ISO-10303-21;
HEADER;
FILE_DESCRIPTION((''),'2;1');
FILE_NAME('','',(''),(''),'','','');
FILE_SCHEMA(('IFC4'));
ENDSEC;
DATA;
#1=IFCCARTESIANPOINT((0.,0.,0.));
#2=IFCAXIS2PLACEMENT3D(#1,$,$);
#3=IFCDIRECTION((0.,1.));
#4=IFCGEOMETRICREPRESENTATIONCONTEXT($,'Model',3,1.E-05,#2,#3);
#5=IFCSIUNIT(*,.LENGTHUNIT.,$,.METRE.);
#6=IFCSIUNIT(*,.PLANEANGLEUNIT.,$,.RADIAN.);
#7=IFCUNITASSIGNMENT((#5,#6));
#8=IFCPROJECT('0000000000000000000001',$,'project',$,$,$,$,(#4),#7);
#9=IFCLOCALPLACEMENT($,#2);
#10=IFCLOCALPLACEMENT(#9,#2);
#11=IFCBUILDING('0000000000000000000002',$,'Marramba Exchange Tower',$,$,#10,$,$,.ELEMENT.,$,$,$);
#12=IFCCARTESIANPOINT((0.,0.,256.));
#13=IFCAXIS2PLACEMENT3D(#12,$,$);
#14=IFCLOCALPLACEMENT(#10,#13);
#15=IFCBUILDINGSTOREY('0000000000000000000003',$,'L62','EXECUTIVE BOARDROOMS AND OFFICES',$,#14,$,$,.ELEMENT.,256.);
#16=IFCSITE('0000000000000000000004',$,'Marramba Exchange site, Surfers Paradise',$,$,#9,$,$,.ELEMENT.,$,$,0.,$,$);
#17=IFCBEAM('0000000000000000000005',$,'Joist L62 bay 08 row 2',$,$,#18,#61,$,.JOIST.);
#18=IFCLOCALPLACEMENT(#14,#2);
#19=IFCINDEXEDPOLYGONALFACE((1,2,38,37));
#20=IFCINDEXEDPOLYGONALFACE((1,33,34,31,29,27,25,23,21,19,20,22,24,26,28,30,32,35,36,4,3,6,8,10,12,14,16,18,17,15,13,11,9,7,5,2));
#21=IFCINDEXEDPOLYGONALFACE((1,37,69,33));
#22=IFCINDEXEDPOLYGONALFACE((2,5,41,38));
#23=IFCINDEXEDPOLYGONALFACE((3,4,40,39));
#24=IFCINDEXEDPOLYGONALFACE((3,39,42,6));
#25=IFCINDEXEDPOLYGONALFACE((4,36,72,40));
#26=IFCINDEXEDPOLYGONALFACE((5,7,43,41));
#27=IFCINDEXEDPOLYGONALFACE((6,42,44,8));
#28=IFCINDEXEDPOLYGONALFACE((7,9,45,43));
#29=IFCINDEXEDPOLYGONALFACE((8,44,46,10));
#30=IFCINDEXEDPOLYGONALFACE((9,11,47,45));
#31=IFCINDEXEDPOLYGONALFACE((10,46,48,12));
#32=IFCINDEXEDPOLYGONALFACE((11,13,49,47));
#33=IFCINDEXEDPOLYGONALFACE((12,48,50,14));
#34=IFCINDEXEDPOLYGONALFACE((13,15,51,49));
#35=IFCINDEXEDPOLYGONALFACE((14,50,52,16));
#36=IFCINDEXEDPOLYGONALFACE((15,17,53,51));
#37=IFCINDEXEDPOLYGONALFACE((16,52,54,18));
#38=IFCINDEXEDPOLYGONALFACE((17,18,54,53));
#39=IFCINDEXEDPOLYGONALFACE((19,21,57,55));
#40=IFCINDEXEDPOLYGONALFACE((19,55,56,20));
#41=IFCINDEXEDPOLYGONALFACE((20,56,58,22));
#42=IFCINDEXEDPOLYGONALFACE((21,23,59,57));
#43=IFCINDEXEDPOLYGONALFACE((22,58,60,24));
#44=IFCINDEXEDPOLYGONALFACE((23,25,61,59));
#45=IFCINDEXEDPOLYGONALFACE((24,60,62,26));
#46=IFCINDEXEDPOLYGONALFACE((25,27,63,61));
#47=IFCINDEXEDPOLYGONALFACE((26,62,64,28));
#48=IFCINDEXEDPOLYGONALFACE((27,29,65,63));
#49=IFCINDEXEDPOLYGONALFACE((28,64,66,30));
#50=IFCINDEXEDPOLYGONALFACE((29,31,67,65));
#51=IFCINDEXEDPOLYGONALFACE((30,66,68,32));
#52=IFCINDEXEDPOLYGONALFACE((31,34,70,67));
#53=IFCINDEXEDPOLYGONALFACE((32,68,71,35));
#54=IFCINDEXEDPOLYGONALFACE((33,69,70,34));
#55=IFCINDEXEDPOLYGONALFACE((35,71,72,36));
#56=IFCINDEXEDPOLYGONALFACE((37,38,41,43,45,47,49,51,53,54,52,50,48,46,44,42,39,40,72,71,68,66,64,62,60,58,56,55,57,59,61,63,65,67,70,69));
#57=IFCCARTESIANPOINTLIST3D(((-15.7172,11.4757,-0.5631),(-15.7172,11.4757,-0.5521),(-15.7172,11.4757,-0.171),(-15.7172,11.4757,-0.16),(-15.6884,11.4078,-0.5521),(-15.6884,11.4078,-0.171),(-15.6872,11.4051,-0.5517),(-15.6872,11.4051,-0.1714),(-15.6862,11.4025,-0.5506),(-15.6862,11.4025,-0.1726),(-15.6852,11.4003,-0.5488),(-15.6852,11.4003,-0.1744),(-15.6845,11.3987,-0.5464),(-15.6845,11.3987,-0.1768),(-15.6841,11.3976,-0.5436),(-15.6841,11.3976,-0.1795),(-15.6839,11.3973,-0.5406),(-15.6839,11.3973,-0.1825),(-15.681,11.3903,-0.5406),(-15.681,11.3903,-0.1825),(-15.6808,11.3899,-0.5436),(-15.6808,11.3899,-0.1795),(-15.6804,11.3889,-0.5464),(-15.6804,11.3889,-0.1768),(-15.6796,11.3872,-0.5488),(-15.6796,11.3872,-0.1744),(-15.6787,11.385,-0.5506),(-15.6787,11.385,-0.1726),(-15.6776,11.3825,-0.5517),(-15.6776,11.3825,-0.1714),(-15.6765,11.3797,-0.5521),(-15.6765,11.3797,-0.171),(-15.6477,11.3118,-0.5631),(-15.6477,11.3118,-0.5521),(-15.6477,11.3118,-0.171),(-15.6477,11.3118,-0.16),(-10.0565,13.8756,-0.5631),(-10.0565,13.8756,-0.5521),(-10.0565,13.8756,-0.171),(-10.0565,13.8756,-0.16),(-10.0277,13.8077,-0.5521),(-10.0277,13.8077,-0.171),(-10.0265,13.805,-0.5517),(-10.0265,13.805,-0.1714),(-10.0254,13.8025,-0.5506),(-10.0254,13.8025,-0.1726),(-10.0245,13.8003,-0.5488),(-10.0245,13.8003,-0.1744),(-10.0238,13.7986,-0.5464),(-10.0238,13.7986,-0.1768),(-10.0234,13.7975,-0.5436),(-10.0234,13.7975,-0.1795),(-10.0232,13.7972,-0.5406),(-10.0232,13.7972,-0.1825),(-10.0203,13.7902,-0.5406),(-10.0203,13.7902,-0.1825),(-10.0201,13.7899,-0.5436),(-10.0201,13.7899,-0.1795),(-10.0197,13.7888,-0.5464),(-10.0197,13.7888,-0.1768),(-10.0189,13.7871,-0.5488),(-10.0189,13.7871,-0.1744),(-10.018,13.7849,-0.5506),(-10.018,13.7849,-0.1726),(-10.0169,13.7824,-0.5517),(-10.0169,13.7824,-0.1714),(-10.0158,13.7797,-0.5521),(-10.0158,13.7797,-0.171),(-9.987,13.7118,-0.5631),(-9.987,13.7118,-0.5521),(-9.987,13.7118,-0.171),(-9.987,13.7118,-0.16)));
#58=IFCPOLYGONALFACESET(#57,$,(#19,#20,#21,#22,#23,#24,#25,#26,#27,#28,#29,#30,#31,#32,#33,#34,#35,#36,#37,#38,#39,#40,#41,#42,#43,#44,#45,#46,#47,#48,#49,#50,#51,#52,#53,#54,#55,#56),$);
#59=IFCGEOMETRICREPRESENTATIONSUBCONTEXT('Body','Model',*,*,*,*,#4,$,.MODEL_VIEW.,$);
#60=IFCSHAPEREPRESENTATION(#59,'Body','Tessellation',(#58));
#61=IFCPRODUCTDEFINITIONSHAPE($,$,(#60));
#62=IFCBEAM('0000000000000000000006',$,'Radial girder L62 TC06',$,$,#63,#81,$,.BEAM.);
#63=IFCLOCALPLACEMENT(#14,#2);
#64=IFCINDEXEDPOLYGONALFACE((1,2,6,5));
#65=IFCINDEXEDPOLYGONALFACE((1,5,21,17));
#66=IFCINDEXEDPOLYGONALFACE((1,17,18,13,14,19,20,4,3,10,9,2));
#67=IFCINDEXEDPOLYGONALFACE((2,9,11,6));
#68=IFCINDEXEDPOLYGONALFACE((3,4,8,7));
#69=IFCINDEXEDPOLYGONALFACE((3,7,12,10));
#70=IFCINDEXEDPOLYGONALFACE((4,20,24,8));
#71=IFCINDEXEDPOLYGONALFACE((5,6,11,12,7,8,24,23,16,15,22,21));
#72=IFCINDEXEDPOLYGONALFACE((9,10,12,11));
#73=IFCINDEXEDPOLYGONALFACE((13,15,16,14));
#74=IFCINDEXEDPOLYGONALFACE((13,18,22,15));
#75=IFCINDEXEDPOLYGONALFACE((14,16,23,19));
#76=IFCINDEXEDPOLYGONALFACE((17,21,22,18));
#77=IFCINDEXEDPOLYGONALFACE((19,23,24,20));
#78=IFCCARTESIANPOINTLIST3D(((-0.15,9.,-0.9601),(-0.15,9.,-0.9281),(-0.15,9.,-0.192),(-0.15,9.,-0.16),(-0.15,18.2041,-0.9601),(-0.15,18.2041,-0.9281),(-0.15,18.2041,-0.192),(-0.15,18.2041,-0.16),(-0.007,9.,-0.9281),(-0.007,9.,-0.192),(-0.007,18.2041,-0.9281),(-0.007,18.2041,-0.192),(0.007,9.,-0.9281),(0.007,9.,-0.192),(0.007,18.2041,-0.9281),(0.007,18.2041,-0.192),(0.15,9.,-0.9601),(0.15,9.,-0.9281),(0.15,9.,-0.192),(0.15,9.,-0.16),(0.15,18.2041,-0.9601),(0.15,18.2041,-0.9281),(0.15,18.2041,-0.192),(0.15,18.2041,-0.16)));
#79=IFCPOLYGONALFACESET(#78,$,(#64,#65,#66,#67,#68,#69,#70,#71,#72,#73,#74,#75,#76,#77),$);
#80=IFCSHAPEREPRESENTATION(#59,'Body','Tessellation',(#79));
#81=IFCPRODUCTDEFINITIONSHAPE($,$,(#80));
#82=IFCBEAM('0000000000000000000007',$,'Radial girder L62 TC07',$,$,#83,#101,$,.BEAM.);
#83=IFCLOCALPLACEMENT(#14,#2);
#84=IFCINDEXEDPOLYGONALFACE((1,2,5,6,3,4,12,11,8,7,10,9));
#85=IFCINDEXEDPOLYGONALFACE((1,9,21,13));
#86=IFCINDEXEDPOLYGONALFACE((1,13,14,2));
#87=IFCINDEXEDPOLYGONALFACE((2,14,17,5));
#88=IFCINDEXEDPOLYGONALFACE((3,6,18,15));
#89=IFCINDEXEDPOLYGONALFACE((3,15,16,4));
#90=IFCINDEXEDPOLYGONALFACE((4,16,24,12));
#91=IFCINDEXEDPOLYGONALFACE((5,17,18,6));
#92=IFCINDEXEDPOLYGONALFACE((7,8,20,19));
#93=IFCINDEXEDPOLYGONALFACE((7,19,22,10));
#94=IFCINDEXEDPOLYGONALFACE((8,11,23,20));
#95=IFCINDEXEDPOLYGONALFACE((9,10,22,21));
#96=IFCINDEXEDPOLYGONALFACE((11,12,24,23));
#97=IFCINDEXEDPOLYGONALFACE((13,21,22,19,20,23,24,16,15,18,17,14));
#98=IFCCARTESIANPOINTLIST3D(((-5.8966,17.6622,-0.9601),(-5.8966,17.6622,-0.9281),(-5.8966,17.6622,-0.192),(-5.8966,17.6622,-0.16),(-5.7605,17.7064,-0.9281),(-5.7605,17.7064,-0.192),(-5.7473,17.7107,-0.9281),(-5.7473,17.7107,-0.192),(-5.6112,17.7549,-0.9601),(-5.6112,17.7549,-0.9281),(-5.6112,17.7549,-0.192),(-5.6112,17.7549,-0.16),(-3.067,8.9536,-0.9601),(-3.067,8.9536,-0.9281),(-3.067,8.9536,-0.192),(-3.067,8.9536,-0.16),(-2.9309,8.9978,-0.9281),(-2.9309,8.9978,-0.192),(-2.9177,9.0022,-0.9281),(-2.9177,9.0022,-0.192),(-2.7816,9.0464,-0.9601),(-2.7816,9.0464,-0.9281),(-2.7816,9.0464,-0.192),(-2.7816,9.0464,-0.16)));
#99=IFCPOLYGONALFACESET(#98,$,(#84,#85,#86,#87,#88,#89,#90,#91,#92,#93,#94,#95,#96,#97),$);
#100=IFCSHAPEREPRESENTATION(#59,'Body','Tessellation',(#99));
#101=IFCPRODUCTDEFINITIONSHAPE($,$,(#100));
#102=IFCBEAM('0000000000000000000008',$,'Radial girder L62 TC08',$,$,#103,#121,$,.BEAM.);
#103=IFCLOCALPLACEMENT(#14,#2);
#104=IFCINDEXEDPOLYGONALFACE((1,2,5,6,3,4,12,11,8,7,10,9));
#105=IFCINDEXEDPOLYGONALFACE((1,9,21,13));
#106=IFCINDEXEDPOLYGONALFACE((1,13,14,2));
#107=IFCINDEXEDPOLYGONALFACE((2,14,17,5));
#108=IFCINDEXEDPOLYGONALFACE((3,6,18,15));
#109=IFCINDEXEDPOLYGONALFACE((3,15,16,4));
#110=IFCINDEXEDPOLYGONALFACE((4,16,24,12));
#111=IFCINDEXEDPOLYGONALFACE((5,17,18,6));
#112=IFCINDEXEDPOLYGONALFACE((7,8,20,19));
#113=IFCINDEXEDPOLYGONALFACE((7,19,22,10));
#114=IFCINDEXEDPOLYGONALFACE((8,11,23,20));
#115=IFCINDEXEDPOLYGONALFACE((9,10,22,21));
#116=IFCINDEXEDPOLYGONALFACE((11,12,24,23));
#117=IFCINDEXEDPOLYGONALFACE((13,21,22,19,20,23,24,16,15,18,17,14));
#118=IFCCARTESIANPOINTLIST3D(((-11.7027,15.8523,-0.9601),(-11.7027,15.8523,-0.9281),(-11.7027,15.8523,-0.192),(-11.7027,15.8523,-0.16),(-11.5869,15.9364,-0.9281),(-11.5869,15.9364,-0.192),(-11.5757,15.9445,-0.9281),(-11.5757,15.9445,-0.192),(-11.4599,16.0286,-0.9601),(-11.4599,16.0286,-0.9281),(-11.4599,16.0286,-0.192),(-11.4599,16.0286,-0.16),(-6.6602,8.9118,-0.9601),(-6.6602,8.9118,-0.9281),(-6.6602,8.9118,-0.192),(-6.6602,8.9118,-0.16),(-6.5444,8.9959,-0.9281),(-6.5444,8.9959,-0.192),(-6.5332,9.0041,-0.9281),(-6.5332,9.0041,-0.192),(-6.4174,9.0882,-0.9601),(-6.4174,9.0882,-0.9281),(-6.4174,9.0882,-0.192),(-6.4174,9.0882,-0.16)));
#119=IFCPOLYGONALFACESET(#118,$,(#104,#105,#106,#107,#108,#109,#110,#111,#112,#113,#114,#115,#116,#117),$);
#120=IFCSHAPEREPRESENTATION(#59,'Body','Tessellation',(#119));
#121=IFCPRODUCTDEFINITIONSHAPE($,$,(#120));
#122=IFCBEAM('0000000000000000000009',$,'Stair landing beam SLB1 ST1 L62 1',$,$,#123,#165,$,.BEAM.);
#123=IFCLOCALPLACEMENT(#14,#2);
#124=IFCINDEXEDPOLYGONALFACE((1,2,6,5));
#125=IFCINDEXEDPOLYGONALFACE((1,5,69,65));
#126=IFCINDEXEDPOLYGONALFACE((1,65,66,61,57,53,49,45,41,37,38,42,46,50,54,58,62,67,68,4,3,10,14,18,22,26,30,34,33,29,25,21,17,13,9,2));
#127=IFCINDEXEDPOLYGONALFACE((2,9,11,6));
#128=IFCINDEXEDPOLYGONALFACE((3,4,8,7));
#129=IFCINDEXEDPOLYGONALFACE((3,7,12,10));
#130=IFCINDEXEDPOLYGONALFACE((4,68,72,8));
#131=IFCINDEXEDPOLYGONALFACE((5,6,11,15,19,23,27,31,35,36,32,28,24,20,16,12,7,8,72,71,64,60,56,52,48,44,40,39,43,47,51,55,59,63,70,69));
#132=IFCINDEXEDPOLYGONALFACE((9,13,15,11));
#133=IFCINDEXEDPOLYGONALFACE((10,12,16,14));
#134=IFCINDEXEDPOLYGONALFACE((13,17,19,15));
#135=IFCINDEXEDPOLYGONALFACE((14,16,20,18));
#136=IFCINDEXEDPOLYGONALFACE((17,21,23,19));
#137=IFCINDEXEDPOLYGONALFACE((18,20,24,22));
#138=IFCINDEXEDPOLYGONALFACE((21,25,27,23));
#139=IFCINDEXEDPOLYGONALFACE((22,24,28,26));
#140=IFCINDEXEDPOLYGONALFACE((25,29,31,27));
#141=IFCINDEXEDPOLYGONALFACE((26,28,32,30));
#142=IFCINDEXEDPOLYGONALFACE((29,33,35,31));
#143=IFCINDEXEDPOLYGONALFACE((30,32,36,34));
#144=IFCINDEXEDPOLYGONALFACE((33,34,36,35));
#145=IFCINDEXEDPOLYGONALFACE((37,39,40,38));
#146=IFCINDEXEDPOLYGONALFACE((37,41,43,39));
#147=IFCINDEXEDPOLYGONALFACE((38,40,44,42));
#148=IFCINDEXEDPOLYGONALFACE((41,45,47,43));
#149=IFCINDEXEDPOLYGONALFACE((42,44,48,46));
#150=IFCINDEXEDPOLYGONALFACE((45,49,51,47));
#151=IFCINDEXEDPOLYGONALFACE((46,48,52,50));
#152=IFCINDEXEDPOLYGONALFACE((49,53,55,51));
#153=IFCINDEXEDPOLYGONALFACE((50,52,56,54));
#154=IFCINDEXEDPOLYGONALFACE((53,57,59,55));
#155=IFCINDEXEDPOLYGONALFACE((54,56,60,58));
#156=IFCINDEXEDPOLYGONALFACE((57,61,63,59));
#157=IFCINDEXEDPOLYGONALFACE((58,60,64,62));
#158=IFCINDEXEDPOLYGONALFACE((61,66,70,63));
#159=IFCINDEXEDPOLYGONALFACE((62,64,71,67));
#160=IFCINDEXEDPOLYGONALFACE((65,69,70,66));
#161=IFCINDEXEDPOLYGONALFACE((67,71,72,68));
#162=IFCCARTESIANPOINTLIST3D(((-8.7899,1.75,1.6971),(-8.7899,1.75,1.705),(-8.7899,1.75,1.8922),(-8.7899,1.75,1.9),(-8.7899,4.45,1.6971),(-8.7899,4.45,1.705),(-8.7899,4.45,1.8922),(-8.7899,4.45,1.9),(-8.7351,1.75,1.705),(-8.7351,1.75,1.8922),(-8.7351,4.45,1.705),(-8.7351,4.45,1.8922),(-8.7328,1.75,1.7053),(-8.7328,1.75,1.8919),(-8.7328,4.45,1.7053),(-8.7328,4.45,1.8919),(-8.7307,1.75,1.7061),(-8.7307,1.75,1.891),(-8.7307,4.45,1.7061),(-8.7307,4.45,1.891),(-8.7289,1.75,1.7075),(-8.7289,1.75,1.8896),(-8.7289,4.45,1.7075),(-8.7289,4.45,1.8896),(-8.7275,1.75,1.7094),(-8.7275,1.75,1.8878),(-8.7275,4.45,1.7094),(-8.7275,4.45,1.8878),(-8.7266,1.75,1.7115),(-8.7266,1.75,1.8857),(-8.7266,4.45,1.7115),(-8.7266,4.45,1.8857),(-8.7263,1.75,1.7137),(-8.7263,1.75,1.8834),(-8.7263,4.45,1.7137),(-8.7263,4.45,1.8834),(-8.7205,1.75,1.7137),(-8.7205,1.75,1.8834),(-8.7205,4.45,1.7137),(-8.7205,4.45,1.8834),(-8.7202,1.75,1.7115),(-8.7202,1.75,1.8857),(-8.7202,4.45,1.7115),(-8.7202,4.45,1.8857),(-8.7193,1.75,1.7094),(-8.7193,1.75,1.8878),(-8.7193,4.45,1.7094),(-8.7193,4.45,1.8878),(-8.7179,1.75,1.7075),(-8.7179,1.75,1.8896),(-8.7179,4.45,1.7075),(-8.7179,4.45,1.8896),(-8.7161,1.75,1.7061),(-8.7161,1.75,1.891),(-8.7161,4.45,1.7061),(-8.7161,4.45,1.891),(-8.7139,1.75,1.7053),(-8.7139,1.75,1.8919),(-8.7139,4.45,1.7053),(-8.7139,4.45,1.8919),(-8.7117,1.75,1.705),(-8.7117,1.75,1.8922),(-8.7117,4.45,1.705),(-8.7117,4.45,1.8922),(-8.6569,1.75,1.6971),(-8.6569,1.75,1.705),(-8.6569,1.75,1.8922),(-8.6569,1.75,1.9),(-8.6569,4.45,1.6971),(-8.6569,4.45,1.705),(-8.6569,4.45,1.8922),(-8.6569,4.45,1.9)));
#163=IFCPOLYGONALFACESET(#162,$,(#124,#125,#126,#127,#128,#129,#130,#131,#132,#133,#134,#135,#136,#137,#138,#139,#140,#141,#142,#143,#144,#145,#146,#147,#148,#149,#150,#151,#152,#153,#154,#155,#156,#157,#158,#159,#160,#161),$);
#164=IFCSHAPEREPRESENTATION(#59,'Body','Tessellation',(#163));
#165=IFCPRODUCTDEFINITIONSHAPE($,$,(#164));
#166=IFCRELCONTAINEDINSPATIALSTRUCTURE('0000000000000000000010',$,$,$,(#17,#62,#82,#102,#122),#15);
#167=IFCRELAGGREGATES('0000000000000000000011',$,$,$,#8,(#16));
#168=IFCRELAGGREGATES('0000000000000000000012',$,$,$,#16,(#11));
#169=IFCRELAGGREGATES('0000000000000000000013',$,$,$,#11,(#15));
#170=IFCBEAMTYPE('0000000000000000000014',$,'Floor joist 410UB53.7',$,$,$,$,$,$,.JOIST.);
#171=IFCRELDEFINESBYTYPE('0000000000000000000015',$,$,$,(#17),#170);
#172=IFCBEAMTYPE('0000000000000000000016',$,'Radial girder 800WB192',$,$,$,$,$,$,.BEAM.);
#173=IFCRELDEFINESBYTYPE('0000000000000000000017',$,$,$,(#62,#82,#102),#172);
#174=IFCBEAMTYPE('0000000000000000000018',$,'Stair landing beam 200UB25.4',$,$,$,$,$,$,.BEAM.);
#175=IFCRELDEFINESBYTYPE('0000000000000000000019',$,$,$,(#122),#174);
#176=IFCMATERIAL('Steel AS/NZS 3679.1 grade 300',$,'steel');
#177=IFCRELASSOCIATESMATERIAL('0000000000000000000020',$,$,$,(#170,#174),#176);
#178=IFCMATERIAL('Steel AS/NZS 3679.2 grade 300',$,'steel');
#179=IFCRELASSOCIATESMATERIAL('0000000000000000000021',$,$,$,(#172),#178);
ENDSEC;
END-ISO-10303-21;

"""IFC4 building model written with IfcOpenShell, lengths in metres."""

from ifc_helpers import new_model, si_unit, direction, frame, origin, origin_2d, place, context, subcontext, project, spatial, i_section, extrude, material, material_profile, profile_set, type_object, element, save


model = new_model("IFC4")

# Units and contexts
model_context = context("Model", 3, precision=1e-05, world=origin(), true_north=direction((0.0, 1.0)))
body_context = subcontext(model_context, "Body", "Model", "MODEL_VIEW")
ifc_project = project(units=[si_unit("LENGTHUNIT", "METRE"), si_unit("PLANEANGLEUNIT", "RADIAN")], contexts=[model_context])

# Site, building, storey
site_placement = place(None, origin())
site = spatial("IfcSite", under=ifc_project, at=site_placement, Name="Marramba Exchange site, Surfers Paradise", CompositionType="ELEMENT", RefElevation=0.0)
building_placement = place(site_placement, origin())
building = spatial("IfcBuilding", under=site, at=building_placement, Name="Marramba Exchange Tower", CompositionType="ELEMENT")
storey_placement = place(building_placement, frame((0.0, 0.0, 256.0)))
storey = spatial("IfcBuildingStorey", under=building, at=storey_placement, Name="L62", Description="EXECUTIVE BOARDROOMS AND OFFICES", CompositionType="ELEMENT", Elevation=256.0)

# Beams
ifc_material_1 = material(Name="Steel AS/NZS 3679.1 grade 300", Category="steel")
ifc_material_profile_1 = material_profile(ifc_material_1, i_section(OverallWidth=0.178, OverallDepth=0.4031, WebThickness=0.0076, FlangeThickness=0.011, FilletRadius=0.0115, at=origin_2d()), Name="410UB53.7")
ifc_profile_set_1 = profile_set([ifc_material_profile_1], Name="Steel AS/NZS 3679.1 grade 300")
beam_type_1 = type_object("IfcBeamType", Name="Floor joist 410UB53.7", PredefinedType="JOIST", material=ifc_profile_set_1)
beam_1_placement = place(storey_placement, frame((-10.0217, 13.7937, -0.3616), z_axis=(-0.920674, -0.390332, 0.0), x_axis=(0.390332, -0.920674, 0.0)))
element("IfcBeam", 1, at=beam_1_placement, inside=storey, type_object=beam_type_1, Name="Joist L62 bay 08 row 2", PredefinedType="JOIST", context=body_context, shape_type="SweptSolid", body=[
    extrude(i_section(OverallWidth=0.178, OverallDepth=0.4031, WebThickness=0.0076, FlangeThickness=0.011, FilletRadius=0.0115, at=origin_2d()), origin(), (0.0, 0.0, 1.0), 6.1484),
])
ifc_material_2 = material(Name="Steel AS/NZS 3679.2 grade 300", Category="steel")
ifc_material_profile_2 = material_profile(ifc_material_2, i_section(OverallWidth=0.3, OverallDepth=0.8, WebThickness=0.0139, FlangeThickness=0.032, at=origin_2d()), Name="800WB192")
ifc_profile_set_2 = profile_set([ifc_material_profile_2], Name="Steel AS/NZS 3679.2 grade 300")
beam_type_2 = type_object("IfcBeamType", Name="Radial girder 800WB192", PredefinedType="BEAM", material=ifc_profile_set_2)
beam_2_placement = place(storey_placement, frame((0.0, 9.0, -0.5601), z_axis=(0.0, 1.0, 0.0), x_axis=(-1.0, 0.0, 0.0)))
element("IfcBeam", 2, at=beam_2_placement, inside=storey, type_object=beam_type_2, Name="Radial girder L62 TC06", PredefinedType="BEAM", context=body_context, shape_type="SweptSolid", body=[
    extrude(i_section(OverallWidth=0.3, OverallDepth=0.8, WebThickness=0.0139, FlangeThickness=0.032, at=origin_2d()), origin(), (0.0, 0.0, 1.0), 9.2041),
])
beam_3_placement = place(storey_placement, frame((-2.9243, 9.0, -0.5601), z_axis=(-0.30902, 0.951056, 0.0), x_axis=(-0.951056, -0.30902, 0.0)))
element("IfcBeam", 3, at=beam_3_placement, inside=storey, type_object=beam_type_2, Name="Radial girder L62 TC07", PredefinedType="BEAM", context=body_context, shape_type="SweptSolid", body=[
    extrude(i_section(OverallWidth=0.3, OverallDepth=0.8, WebThickness=0.0139, FlangeThickness=0.032, at=origin_2d()), origin(), (0.0, 0.0, 1.0), 9.1567),
])
beam_4_placement = place(storey_placement, frame((-6.5388, 9.0, -0.5601), z_axis=(-0.587782, 0.809019, 0.0), x_axis=(-0.809019, -0.587782, 0.0)))
element("IfcBeam", 4, at=beam_4_placement, inside=storey, type_object=beam_type_2, Name="Radial girder L62 TC08", PredefinedType="BEAM", context=body_context, shape_type="SweptSolid", body=[
    extrude(i_section(OverallWidth=0.3, OverallDepth=0.8, WebThickness=0.0139, FlangeThickness=0.032, at=origin_2d()), origin(), (0.0, 0.0, 1.0), 8.5789),
])
ifc_material_profile_3 = material_profile(ifc_material_1, i_section(OverallWidth=0.1331, OverallDepth=0.2029, WebThickness=0.0059, FlangeThickness=0.0078, FilletRadius=0.0088, at=origin_2d()), Name="200UB25.4")
ifc_profile_set_3 = profile_set([ifc_material_profile_3], Name="Steel AS/NZS 3679.1 grade 300")
beam_type_3 = type_object("IfcBeamType", Name="Stair landing beam 200UB25.4", PredefinedType="BEAM", material=ifc_profile_set_3)
for number, where, z_axis, x_axis, name in (
    (5, (-8.7234, 1.75, 1.7986), (0.0, 1.0, 0.0), (-1.0, 0.0, 0.0), "Stair landing beam SLB1 ST1 L62 1"),
):
    element("IfcBeam", number, at=place(storey_placement, frame(where, z_axis=z_axis, x_axis=x_axis)), inside=storey, type_object=beam_type_3, Name=name, PredefinedType="BEAM", context=body_context, shape_type="SweptSolid", body=[
        extrude(i_section(OverallWidth=0.1331, OverallDepth=0.2029, WebThickness=0.0059, FlangeThickness=0.0078, FilletRadius=0.0088, at=origin_2d()), origin(), (0.0, 0.0, 1.0), 2.7),
    ])

save(model, "model.ifc")
